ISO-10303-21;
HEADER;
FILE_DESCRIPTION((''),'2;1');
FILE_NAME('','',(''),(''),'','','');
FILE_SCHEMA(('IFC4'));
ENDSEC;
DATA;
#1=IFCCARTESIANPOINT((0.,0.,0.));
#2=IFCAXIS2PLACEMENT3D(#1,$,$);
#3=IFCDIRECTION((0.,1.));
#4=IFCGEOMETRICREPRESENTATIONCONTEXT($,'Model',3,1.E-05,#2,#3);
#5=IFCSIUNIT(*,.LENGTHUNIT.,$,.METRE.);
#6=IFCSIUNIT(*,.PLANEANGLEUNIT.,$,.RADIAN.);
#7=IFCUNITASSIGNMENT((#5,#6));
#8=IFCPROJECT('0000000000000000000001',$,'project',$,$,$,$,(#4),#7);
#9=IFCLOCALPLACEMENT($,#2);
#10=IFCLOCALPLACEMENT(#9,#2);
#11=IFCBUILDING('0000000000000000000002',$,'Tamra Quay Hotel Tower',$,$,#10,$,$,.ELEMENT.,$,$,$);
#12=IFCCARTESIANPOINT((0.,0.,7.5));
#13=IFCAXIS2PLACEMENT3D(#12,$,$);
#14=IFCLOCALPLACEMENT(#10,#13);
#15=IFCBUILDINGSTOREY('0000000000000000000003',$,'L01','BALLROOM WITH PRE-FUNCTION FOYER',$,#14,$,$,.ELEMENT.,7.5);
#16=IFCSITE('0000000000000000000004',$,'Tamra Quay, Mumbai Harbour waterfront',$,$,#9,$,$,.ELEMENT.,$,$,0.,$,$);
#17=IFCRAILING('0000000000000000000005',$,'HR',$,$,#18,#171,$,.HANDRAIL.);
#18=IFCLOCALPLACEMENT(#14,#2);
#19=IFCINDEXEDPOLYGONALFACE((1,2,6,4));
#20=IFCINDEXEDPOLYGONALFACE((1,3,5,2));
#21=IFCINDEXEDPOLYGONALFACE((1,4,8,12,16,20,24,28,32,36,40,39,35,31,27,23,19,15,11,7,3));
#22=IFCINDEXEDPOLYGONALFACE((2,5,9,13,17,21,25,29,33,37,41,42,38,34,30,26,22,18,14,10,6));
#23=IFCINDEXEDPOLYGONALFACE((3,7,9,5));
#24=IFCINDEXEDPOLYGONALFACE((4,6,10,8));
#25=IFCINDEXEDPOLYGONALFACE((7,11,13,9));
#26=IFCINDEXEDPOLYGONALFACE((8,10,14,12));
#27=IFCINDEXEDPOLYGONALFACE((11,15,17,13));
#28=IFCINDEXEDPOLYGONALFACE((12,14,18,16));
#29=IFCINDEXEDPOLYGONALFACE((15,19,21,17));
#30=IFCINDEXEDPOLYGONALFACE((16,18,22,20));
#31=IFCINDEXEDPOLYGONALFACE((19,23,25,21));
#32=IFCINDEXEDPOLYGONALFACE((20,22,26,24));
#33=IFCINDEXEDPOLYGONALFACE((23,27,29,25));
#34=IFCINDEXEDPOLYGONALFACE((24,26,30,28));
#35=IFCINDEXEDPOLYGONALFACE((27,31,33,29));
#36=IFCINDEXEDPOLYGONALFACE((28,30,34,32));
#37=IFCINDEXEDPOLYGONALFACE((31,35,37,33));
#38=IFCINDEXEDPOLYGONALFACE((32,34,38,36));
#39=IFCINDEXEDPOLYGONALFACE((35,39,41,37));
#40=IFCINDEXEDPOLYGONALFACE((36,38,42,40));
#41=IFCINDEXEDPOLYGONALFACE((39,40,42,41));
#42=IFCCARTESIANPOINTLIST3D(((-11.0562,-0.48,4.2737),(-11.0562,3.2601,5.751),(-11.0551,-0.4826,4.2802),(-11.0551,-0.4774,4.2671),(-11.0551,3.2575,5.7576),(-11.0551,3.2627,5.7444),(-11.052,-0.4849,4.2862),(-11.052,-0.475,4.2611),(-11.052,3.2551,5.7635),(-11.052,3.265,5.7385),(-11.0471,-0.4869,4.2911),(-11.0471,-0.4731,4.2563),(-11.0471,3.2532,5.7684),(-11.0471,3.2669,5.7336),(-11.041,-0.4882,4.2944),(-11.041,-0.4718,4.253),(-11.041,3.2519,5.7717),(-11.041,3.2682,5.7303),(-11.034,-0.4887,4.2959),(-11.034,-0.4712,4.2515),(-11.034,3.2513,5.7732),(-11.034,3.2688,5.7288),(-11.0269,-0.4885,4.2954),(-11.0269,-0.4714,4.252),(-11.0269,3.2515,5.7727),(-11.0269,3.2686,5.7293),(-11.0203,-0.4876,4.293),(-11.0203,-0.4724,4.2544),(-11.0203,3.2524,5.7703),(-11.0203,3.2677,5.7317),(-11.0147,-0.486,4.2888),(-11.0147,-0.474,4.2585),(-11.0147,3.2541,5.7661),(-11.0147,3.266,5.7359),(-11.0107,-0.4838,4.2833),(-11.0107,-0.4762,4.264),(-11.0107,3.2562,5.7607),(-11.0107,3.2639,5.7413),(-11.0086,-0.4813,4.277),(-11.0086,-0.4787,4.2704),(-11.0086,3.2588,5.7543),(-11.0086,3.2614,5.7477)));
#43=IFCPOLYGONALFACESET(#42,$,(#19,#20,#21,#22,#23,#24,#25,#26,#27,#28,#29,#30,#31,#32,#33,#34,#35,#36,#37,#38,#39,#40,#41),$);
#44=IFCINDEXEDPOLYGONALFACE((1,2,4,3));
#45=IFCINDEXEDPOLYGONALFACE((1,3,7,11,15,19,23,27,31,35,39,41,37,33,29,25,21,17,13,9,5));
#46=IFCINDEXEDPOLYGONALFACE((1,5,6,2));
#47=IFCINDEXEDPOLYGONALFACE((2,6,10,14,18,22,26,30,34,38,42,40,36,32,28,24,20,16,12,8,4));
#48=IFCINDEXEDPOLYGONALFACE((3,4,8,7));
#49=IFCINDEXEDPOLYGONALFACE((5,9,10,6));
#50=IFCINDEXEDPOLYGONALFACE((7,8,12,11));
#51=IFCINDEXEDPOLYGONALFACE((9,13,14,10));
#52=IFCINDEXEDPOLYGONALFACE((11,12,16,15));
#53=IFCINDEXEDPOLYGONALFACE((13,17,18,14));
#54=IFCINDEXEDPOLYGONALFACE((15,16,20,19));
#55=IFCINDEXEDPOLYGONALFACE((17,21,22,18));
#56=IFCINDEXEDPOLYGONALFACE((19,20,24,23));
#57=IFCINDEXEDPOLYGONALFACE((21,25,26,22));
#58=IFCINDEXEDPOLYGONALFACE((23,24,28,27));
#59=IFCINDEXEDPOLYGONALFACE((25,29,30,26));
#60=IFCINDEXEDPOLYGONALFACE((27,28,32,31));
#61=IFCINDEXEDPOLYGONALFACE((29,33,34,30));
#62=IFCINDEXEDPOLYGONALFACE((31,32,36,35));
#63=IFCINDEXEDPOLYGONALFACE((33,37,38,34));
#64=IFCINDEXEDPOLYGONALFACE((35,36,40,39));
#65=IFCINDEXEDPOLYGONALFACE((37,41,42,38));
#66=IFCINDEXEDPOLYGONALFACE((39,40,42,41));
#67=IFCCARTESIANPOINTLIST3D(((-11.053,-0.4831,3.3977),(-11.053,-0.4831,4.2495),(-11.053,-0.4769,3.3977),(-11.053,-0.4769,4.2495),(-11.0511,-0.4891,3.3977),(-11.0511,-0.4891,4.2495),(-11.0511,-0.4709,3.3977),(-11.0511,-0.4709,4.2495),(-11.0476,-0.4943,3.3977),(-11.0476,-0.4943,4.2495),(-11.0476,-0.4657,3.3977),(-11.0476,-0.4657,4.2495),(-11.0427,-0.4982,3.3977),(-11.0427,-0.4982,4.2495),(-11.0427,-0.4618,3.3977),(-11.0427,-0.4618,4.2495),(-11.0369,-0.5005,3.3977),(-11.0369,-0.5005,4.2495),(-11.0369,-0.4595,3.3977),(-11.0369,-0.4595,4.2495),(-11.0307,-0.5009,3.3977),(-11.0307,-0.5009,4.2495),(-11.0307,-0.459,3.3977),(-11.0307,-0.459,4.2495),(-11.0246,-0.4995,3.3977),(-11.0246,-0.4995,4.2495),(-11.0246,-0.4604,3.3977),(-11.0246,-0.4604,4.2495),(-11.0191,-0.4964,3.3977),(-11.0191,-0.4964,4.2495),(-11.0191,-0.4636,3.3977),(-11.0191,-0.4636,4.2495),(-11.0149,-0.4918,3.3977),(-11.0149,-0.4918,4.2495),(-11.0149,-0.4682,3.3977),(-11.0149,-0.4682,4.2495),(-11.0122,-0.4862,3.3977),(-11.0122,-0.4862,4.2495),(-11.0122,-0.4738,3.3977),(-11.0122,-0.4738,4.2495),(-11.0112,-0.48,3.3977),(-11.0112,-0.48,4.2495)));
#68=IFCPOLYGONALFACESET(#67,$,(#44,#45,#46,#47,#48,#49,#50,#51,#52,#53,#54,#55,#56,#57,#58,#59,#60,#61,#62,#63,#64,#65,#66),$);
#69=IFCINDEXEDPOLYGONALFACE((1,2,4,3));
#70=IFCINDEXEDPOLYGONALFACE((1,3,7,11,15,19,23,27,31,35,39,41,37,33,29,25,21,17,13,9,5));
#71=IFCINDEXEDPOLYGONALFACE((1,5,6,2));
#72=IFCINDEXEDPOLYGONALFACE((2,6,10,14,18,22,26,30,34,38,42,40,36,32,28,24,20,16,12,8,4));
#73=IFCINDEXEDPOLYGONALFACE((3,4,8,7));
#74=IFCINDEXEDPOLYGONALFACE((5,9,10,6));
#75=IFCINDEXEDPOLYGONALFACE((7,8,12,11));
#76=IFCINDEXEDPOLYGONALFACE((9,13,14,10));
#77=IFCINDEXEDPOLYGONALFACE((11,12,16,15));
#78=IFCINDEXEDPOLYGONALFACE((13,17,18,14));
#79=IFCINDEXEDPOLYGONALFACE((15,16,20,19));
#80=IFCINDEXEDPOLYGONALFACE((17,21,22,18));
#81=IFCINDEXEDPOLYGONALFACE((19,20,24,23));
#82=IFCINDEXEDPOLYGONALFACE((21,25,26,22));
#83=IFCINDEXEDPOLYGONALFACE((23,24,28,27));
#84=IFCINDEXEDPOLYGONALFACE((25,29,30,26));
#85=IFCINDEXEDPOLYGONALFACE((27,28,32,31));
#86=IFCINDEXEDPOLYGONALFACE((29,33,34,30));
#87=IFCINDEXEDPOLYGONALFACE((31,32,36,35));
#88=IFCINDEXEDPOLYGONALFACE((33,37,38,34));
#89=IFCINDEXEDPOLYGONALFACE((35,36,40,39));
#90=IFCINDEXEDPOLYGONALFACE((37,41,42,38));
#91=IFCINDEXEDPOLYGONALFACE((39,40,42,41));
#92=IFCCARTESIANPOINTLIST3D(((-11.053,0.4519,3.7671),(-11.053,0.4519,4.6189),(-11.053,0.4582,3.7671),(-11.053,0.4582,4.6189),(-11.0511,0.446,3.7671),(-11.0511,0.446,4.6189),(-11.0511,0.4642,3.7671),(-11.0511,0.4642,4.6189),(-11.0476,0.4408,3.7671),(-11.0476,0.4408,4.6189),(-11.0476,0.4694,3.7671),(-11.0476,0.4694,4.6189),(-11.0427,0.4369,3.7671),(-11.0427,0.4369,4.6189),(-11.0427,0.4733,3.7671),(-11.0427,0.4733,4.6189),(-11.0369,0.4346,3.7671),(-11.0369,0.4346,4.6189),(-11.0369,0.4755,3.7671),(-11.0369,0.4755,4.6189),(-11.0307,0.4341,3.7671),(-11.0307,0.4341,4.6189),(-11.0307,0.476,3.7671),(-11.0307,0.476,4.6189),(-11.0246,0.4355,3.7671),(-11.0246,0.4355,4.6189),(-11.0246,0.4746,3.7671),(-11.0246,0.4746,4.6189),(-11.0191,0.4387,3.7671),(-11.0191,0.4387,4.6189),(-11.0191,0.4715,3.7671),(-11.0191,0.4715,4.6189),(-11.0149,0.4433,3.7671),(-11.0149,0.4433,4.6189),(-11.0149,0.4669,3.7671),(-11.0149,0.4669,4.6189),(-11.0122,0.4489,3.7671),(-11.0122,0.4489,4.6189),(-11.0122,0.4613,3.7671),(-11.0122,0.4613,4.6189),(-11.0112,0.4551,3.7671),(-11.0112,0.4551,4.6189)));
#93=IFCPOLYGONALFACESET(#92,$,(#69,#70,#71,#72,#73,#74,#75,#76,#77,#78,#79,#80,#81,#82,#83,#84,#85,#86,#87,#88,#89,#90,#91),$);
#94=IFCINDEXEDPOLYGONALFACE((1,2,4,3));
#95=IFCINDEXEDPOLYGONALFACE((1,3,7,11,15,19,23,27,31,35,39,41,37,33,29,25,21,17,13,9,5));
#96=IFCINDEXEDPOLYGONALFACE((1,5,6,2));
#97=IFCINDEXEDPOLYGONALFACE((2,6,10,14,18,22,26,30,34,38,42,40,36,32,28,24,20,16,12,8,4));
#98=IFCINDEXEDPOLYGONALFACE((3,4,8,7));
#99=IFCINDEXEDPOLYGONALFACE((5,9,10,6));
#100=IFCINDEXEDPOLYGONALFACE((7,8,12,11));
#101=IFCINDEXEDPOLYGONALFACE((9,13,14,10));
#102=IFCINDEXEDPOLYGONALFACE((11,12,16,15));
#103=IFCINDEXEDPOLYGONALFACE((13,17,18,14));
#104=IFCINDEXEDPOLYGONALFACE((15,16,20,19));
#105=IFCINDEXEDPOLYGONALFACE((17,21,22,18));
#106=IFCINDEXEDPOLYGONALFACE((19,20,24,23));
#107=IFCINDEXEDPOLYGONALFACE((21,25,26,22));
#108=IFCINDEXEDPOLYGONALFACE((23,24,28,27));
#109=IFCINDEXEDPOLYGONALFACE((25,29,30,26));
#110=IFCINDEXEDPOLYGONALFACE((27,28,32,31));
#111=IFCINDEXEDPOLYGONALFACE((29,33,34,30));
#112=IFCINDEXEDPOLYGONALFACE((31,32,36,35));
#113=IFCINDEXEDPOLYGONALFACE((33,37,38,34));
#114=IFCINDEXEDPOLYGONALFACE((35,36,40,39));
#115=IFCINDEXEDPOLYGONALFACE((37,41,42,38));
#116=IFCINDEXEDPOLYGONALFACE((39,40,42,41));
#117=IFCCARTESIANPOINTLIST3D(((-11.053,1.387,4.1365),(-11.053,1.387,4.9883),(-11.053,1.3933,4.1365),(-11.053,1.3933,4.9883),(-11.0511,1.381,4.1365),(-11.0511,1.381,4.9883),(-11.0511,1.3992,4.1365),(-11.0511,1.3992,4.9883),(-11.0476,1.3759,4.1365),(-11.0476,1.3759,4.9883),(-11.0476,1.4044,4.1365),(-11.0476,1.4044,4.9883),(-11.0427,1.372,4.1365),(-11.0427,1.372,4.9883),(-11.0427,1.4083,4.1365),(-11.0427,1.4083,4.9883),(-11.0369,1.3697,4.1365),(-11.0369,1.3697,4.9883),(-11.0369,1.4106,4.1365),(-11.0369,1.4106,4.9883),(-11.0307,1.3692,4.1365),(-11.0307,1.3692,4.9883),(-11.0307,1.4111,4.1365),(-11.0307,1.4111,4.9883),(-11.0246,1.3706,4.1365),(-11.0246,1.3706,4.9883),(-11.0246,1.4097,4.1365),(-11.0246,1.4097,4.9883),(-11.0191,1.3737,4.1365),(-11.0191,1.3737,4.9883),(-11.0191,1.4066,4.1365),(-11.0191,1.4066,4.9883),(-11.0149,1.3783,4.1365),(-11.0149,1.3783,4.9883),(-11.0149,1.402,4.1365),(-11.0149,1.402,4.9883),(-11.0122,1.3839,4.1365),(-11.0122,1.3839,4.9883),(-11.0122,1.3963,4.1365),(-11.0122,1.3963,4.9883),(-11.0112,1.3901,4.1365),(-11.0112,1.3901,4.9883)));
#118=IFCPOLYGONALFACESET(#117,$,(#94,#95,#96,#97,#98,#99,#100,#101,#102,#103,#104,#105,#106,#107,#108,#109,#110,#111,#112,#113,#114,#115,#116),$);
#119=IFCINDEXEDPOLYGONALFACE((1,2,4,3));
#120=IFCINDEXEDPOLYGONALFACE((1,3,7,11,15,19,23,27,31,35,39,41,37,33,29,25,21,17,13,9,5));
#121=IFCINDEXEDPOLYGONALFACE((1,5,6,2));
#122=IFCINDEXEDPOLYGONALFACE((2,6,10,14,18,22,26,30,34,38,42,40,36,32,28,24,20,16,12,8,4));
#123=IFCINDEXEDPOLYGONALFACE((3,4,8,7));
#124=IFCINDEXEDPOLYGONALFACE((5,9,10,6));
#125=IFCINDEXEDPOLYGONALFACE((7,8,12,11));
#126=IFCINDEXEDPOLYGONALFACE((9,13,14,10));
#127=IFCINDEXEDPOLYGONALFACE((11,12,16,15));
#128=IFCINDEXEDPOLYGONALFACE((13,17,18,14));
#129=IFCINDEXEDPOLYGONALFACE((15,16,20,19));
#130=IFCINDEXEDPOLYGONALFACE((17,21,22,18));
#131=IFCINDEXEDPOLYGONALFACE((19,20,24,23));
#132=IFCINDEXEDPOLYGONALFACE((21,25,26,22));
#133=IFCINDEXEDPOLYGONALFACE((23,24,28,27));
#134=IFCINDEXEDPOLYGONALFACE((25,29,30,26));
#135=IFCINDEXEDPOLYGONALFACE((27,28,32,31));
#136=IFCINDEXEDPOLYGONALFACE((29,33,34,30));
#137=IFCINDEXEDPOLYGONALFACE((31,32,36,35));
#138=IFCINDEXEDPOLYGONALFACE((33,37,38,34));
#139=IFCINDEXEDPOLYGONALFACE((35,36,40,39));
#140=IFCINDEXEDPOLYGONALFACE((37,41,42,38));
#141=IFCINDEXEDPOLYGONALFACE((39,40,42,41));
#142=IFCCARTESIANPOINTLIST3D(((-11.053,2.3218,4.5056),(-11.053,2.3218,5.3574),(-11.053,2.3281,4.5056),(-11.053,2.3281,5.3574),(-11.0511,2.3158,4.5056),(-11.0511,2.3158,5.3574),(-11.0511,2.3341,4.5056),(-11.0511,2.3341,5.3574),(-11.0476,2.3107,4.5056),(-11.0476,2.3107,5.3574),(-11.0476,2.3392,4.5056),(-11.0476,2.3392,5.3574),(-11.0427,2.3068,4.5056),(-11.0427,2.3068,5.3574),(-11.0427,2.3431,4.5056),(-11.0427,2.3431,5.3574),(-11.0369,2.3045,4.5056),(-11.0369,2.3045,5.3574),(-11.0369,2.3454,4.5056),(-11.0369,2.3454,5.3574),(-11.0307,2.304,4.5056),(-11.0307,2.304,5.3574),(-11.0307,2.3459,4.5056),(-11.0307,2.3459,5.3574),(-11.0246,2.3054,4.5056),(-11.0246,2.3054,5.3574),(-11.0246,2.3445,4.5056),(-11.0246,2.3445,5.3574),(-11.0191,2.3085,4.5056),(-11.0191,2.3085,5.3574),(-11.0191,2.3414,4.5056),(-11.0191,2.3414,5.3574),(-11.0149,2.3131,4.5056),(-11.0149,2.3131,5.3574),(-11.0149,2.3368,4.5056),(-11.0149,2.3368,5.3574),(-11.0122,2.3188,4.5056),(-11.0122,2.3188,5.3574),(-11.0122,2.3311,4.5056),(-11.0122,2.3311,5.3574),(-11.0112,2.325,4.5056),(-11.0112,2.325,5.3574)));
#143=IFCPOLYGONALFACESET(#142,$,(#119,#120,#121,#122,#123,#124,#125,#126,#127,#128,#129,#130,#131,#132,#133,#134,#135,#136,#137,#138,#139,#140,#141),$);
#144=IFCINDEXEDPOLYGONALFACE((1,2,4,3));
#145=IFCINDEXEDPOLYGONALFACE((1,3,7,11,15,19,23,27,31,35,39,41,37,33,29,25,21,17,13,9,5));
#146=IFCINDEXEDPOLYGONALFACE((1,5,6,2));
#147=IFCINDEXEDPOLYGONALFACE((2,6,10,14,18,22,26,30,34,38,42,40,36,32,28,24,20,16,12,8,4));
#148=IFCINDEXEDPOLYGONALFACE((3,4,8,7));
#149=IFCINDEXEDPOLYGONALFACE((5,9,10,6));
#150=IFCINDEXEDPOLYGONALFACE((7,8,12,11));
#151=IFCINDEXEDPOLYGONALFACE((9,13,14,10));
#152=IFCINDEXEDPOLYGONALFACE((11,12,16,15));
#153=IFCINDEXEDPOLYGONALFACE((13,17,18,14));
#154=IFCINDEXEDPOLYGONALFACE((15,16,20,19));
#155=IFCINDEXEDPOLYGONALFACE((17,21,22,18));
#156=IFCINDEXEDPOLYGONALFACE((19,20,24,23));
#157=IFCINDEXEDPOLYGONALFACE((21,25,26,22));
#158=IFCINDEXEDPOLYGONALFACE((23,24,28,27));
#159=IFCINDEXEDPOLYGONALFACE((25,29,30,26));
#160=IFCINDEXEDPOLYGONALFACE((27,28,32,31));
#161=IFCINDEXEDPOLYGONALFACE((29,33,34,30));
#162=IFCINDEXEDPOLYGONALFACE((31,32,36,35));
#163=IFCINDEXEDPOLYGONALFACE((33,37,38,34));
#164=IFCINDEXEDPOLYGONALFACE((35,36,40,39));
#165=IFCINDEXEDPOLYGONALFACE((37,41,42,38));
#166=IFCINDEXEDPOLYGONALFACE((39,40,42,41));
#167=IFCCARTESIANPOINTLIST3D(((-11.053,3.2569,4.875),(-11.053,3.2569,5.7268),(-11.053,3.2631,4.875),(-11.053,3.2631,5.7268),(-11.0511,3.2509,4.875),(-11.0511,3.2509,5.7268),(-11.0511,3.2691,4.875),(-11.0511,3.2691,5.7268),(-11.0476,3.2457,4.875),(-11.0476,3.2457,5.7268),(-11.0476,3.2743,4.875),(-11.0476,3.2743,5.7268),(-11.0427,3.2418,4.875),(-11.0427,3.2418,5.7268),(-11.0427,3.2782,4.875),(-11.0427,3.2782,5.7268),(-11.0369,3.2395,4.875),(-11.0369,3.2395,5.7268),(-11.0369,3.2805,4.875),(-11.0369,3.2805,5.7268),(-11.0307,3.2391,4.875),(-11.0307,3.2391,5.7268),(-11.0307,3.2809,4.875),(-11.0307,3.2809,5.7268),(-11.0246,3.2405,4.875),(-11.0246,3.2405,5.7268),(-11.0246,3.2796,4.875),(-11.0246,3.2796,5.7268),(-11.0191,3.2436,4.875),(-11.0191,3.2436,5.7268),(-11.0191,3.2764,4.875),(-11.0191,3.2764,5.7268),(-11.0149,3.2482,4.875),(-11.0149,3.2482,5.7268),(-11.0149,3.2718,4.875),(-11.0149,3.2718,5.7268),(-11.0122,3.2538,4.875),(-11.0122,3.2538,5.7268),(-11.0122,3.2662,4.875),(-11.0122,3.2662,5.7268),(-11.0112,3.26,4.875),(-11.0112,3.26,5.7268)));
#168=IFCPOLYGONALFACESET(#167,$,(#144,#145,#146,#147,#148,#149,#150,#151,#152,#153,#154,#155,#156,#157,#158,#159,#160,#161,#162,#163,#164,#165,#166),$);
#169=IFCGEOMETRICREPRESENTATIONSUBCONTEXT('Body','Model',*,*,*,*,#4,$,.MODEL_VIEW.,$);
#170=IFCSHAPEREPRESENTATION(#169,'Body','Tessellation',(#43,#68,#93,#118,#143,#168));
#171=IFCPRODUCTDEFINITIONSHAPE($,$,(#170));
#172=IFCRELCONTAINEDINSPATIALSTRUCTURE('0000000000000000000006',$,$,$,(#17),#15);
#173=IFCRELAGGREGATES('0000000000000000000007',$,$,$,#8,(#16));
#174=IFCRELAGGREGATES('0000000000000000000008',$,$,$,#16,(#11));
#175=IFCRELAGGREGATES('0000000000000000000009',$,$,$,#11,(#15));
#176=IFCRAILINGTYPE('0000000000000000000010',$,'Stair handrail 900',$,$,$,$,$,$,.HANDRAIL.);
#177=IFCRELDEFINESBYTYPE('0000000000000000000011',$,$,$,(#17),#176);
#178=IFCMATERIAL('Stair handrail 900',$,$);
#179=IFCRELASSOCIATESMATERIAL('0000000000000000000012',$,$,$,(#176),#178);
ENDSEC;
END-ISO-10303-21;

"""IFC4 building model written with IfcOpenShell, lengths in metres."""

from ifc_helpers import new_model, si_unit, direction, frame, origin, origin_2d, place, context, subcontext, project, spatial, circle, extrude, material, type_object, element, save


model = new_model("IFC4")

# Units and contexts
model_context = context("Model", 3, precision=1e-05, world=origin(), true_north=direction((0.0, 1.0)))
body_context = subcontext(model_context, "Body", "Model", "MODEL_VIEW")
ifc_project = project(units=[si_unit("LENGTHUNIT", "METRE"), si_unit("PLANEANGLEUNIT", "RADIAN")], contexts=[model_context])

# Site, building, storey
site_placement = place(None, origin())
site = spatial("IfcSite", under=ifc_project, at=site_placement, Name="Tamra Quay, Mumbai Harbour waterfront", CompositionType="ELEMENT", RefElevation=0.0)
building_placement = place(site_placement, origin())
building = spatial("IfcBuilding", under=site, at=building_placement, Name="Tamra Quay Hotel Tower", CompositionType="ELEMENT")
storey_placement = place(building_placement, frame((0.0, 0.0, 7.5)))
storey = spatial("IfcBuildingStorey", under=building, at=storey_placement, Name="L01", Description="BALLROOM WITH PRE-FUNCTION FOYER", CompositionType="ELEMENT", Elevation=7.5)

# Railing
ifc_material_1 = material(Name="Stair handrail 900")
railing_type_1 = type_object("IfcRailingType", Name="Stair handrail 900", PredefinedType="HANDRAIL", material=ifc_material_1)
for number, where, name in (
    (1, (-11.0322, -0.48, 3.3977), "HR"),
):
    element("IfcRailing", number, at=place(storey_placement, frame(where)), inside=storey, type_object=railing_type_1, Name=name, PredefinedType="HANDRAIL", context=body_context, shape_type="SweptSolid", body=[
        extrude(circle(Radius=0.0239, at=origin_2d()), frame((0.0, 0.0, 0.876), z_axis=(0.0, 0.930072, 0.367378), x_axis=(-1.0, 0.0, 0.0)), (0.0, 0.0, 1.0), 4.0212),
        extrude(circle(Radius=0.021, at=origin_2d()), origin(), (0.0, 0.0, 1.0), 0.8518),
        extrude(circle(Radius=0.021, at=origin_2d()), frame((0.0, 0.9351, 0.3694)), (0.0, 0.0, 1.0), 0.8518),
        extrude(circle(Radius=0.021, at=origin_2d()), frame((0.0, 1.8701, 0.7388)), (0.0, 0.0, 1.0), 0.8518),
        extrude(circle(Radius=0.021, at=origin_2d()), frame((0.0, 2.8049, 1.1079)), (0.0, 0.0, 1.0), 0.8518),
        extrude(circle(Radius=0.021, at=origin_2d()), frame((0.0, 3.74, 1.4773)), (0.0, 0.0, 1.0), 0.8518),
    ])

save(model, "model.ifc")
